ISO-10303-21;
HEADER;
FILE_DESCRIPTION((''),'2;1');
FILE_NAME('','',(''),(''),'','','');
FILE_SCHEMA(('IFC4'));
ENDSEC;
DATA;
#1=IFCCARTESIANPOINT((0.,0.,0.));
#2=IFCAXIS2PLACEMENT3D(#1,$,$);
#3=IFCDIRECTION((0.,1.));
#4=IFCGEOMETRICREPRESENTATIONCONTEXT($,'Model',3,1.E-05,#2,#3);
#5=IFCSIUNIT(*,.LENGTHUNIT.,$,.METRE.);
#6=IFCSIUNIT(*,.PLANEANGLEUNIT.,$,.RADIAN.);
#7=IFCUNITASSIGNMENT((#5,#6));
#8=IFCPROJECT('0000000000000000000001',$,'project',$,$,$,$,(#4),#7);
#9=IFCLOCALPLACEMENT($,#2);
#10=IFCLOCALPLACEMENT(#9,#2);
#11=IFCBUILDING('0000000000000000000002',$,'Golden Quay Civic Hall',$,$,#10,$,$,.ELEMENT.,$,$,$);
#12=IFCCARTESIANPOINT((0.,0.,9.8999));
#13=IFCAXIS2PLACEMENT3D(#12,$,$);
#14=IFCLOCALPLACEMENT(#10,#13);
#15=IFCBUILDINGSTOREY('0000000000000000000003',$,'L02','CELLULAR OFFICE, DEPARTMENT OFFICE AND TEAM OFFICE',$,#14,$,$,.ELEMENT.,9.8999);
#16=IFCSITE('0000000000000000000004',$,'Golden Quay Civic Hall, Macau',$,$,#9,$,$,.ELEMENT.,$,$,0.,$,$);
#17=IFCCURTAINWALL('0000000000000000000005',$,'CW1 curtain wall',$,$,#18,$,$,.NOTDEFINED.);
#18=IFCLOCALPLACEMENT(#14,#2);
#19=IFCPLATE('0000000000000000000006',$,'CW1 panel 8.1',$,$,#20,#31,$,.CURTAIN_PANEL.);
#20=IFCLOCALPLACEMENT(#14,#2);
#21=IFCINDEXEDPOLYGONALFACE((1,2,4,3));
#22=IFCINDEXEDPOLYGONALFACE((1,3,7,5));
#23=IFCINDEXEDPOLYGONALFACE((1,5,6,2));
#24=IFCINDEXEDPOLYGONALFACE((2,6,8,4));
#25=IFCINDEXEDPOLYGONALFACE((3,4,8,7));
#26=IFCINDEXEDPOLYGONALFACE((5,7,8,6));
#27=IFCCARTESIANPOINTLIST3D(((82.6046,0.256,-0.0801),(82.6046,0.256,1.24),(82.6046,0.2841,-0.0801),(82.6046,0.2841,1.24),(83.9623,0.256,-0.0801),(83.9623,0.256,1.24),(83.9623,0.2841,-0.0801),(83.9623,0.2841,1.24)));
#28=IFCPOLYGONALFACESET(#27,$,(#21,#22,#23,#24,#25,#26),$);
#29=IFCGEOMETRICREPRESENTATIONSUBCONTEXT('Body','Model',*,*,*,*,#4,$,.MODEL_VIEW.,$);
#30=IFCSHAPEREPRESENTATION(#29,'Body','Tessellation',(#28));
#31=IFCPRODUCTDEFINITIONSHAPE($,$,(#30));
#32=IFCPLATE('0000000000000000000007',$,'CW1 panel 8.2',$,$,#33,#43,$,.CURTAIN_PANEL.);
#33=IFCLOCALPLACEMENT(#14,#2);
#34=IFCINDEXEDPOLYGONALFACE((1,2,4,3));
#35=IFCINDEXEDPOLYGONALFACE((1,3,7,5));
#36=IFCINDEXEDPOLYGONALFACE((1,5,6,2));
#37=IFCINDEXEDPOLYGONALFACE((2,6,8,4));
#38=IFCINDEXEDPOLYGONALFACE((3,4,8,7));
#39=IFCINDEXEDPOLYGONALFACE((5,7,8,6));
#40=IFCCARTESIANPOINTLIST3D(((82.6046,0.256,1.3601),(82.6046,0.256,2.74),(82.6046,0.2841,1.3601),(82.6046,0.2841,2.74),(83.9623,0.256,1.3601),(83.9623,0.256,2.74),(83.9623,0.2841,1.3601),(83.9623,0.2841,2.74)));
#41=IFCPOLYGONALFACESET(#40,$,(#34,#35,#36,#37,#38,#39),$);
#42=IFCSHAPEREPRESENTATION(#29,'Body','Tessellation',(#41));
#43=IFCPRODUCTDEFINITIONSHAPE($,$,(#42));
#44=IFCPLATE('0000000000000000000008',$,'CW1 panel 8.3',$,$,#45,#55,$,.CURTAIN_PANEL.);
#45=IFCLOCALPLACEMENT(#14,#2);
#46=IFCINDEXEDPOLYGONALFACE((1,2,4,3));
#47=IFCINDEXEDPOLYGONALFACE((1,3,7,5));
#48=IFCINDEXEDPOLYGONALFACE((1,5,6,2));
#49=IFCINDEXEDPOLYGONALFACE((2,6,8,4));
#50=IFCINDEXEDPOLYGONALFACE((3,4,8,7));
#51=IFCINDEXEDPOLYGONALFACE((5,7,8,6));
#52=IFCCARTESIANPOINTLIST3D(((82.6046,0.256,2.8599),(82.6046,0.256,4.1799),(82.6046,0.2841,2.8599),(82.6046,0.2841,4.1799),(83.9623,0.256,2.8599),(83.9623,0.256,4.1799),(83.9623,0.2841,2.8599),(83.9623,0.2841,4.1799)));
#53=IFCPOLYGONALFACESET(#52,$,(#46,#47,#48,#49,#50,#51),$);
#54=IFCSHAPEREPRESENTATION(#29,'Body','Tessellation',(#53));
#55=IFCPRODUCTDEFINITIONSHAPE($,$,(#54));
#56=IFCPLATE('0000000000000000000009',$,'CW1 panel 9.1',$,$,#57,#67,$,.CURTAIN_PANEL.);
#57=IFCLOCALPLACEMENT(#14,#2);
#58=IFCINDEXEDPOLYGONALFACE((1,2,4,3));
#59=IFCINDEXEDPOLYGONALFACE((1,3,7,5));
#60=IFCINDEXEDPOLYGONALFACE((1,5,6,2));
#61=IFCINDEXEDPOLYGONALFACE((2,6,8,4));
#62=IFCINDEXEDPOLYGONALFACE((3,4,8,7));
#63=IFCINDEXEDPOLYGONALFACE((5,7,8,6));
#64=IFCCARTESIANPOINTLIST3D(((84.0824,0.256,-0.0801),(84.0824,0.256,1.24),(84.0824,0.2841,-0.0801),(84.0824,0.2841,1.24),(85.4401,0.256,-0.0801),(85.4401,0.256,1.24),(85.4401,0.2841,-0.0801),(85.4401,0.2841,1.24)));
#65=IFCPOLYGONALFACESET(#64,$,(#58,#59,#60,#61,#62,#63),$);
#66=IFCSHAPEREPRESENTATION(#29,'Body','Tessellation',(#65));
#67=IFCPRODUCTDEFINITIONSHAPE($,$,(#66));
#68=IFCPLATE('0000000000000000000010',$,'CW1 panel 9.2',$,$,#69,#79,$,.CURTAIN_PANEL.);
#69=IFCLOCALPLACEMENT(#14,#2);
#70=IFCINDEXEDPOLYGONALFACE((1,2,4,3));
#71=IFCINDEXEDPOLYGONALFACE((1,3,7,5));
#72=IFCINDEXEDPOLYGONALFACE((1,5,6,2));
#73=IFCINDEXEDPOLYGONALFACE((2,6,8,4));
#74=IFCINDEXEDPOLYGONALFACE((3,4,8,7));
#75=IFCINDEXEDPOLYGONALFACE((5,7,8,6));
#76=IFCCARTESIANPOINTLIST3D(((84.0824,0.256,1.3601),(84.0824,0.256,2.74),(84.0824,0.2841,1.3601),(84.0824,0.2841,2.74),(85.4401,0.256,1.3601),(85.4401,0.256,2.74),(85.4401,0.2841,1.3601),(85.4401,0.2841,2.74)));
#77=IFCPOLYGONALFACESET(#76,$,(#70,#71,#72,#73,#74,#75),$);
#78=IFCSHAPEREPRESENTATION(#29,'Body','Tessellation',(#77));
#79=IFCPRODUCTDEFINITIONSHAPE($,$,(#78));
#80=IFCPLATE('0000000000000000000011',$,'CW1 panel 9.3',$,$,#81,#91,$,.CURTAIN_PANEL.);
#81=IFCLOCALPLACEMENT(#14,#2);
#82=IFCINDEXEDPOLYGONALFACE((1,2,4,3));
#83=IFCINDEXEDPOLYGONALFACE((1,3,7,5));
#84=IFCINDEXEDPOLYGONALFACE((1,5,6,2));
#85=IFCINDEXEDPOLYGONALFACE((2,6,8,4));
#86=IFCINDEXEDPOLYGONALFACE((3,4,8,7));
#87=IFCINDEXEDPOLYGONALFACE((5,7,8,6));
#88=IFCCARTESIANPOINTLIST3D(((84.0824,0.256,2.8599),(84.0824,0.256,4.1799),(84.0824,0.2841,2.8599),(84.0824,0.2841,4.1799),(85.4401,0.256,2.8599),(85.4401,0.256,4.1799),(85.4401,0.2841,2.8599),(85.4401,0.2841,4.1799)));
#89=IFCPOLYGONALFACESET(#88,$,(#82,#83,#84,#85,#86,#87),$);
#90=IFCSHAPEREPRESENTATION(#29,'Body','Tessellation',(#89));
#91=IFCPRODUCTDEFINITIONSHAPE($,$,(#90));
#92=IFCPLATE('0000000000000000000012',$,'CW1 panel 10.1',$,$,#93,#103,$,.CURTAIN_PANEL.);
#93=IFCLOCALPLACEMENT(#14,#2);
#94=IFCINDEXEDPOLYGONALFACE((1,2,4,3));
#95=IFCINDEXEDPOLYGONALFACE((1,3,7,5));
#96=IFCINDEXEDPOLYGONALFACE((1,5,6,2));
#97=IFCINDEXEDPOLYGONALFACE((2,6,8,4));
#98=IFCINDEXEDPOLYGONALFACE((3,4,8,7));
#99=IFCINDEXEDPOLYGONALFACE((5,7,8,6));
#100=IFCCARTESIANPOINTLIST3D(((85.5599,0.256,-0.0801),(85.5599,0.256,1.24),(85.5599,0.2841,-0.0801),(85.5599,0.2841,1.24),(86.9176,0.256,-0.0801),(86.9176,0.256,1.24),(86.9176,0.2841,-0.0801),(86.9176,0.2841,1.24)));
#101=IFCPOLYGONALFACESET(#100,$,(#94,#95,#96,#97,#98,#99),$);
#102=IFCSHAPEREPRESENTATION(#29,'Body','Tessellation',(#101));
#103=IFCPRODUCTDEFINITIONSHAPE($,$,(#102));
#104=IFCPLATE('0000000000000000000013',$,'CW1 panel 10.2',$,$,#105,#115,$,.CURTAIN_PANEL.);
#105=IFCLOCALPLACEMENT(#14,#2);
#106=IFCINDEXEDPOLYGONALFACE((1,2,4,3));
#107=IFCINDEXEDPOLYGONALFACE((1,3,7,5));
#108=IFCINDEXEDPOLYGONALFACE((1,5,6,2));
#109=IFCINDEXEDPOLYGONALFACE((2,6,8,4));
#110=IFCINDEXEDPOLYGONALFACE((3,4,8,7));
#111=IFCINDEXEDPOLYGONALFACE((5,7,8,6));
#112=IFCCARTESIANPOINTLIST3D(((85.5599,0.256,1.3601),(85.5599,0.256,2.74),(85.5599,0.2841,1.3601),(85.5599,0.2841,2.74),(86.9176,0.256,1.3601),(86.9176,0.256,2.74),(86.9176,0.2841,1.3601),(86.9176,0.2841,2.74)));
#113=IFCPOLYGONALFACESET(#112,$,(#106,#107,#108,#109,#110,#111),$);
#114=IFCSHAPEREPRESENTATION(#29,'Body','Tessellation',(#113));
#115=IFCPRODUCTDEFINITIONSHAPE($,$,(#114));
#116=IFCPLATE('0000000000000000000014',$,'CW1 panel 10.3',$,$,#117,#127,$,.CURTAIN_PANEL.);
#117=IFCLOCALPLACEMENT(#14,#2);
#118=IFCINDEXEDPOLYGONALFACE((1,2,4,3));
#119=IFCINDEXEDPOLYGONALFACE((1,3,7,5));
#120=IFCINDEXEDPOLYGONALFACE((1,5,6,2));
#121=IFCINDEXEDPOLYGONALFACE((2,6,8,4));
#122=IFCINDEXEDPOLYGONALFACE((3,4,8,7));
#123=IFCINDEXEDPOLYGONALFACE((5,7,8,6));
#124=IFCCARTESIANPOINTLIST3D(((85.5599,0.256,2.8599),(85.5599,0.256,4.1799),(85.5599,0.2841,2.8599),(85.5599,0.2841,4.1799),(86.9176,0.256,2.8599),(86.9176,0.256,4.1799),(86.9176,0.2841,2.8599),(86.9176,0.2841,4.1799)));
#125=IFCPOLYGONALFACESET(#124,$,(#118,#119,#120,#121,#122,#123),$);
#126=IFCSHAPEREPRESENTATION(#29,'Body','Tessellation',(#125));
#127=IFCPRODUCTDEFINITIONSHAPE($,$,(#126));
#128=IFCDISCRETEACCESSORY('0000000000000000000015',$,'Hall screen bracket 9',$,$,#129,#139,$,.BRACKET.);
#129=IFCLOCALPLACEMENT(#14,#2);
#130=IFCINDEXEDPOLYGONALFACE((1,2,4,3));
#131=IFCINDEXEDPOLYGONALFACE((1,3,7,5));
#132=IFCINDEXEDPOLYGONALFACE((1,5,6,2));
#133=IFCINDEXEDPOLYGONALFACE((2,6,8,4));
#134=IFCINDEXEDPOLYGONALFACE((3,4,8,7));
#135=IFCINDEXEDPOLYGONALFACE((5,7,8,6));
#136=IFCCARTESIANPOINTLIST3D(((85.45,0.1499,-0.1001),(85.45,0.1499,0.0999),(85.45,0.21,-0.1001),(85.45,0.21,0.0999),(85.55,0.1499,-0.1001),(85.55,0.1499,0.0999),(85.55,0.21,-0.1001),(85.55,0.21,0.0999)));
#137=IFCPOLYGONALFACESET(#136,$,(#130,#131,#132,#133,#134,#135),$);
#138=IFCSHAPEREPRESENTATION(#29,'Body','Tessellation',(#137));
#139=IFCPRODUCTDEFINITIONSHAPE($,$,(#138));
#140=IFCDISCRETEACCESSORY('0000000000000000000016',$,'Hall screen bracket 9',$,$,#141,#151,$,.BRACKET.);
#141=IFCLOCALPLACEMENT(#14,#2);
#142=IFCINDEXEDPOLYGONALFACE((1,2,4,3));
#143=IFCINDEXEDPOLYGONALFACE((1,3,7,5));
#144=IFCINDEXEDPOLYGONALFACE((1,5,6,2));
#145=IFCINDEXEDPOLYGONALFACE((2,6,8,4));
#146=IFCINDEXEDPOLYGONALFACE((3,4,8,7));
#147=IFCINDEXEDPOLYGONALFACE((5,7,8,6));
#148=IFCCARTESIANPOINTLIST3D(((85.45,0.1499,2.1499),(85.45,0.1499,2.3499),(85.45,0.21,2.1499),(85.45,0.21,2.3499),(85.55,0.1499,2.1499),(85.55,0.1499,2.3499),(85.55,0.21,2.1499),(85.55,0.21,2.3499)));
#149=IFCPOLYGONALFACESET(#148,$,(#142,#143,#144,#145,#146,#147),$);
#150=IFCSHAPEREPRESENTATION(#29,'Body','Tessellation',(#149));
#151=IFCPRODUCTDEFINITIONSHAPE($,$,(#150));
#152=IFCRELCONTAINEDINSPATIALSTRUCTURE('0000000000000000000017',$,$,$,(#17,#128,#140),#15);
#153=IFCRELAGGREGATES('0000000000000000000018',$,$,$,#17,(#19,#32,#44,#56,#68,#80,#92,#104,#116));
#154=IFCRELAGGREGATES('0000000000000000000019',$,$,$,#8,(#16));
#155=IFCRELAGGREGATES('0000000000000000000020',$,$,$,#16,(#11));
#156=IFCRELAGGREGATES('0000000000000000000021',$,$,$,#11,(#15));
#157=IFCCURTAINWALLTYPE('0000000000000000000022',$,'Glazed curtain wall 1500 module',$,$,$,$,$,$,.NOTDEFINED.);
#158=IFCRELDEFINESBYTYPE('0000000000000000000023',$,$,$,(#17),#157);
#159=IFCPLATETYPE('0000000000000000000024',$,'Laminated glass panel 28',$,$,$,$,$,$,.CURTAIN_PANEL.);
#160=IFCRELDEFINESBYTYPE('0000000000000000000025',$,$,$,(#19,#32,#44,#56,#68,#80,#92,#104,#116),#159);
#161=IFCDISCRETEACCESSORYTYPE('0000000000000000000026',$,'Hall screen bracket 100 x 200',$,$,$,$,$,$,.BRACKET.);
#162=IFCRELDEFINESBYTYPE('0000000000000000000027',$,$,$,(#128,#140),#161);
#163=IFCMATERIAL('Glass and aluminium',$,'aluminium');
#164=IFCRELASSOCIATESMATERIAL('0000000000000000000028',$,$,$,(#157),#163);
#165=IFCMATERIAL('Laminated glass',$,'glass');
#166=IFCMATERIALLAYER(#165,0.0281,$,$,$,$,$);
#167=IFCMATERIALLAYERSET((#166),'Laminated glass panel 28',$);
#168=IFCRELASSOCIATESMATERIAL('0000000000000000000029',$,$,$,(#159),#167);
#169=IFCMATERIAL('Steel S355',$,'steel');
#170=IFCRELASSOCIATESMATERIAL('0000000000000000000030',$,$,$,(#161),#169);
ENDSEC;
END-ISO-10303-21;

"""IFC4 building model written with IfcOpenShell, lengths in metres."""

from ifc_helpers import new_model, si_unit, direction, frame, origin, origin_2d, place, context, subcontext, project, spatial, rectangle, extrude, material, layer, layer_set, type_object, element, aggregate, save


model = new_model("IFC4")

# Units and contexts
model_context = context("Model", 3, precision=1e-05, world=origin(), true_north=direction((0.0, 1.0)))
body_context = subcontext(model_context, "Body", "Model", "MODEL_VIEW")
ifc_project = project(units=[si_unit("LENGTHUNIT", "METRE"), si_unit("PLANEANGLEUNIT", "RADIAN")], contexts=[model_context])

# Site, building, storey
site_placement = place(None, origin())
site = spatial("IfcSite", under=ifc_project, at=site_placement, Name="Golden Quay Civic Hall, Macau", CompositionType="ELEMENT", RefElevation=0.0)
building_placement = place(site_placement, origin())
building = spatial("IfcBuilding", under=site, at=building_placement, Name="Golden Quay Civic Hall", CompositionType="ELEMENT")
storey_placement = place(building_placement, frame((0.0, 0.0, 9.8999)))
storey = spatial("IfcBuildingStorey", under=building, at=storey_placement, Name="L02", Description="CELLULAR OFFICE, DEPARTMENT OFFICE AND TEAM OFFICE", CompositionType="ELEMENT", Elevation=9.8999)

# Curtain wall, plates
ifc_material_1 = material(Name="Glass and aluminium", Category="aluminium")
curtain_wall_type = type_object("IfcCurtainWallType", Name="Glazed curtain wall 1500 module", PredefinedType="NOTDEFINED", material=ifc_material_1)
curtain_wall_placement = place(storey_placement, origin())
curtain_wall = element("IfcCurtainWall", 1, at=curtain_wall_placement, inside=storey, type_object=curtain_wall_type, Name="CW1 curtain wall", PredefinedType="NOTDEFINED")
ifc_material_2 = material(Name="Laminated glass", Category="glass")
ifc_layer_1 = layer(ifc_material_2, 0.0281)
ifc_layer_set_1 = layer_set([ifc_layer_1], Name="Laminated glass panel 28")
plate_type_1 = type_object("IfcPlateType", Name="Laminated glass panel 28", PredefinedType="CURTAIN_PANEL", material=ifc_layer_set_1)
plate_1_placement = place(storey_placement, frame((83.2834, 0.27, -0.0801), z_axis=(0.0, 0.0, 1.0), x_axis=(1.0, 0.0, 0.0)))
plate_1 = element("IfcPlate", 2, at=plate_1_placement, type_object=plate_type_1, Name="CW1 panel 8.1", PredefinedType="CURTAIN_PANEL", context=body_context, shape_type="SweptSolid", body=[
    extrude(rectangle(XDim=1.3577, YDim=0.0281, at=origin_2d()), origin(), (0.0, 0.0, 1.0), 1.3201),
])
plate_2_placement = place(storey_placement, frame((83.2834, 0.27, 1.3601), z_axis=(0.0, 0.0, 1.0), x_axis=(1.0, 0.0, 0.0)))
plate_2 = element("IfcPlate", 3, at=plate_2_placement, type_object=plate_type_1, Name="CW1 panel 8.2", PredefinedType="CURTAIN_PANEL", context=body_context, shape_type="SweptSolid", body=[
    extrude(rectangle(XDim=1.3577, YDim=0.0281, at=origin_2d()), origin(), (0.0, 0.0, 1.0), 1.3799),
])
plate_3_placement = place(storey_placement, frame((83.2834, 0.27, 2.8599), z_axis=(0.0, 0.0, 1.0), x_axis=(1.0, 0.0, 0.0)))
plate_3 = element("IfcPlate", 4, at=plate_3_placement, type_object=plate_type_1, Name="CW1 panel 8.3", PredefinedType="CURTAIN_PANEL", context=body_context, shape_type="SweptSolid", body=[
    extrude(rectangle(XDim=1.3577, YDim=0.0281, at=origin_2d()), origin(), (0.0, 0.0, 1.0), 1.3201),
])
plate_4_placement = place(storey_placement, frame((84.7612, 0.27, -0.0801), z_axis=(0.0, 0.0, 1.0), x_axis=(1.0, 0.0, 0.0)))
plate_4 = element("IfcPlate", 5, at=plate_4_placement, type_object=plate_type_1, Name="CW1 panel 9.1", PredefinedType="CURTAIN_PANEL", context=body_context, shape_type="SweptSolid", body=[
    extrude(rectangle(XDim=1.3577, YDim=0.0281, at=origin_2d()), origin(), (0.0, 0.0, 1.0), 1.3201),
])
plate_5_placement = place(storey_placement, frame((84.7612, 0.27, 1.3601), z_axis=(0.0, 0.0, 1.0), x_axis=(1.0, 0.0, 0.0)))
plate_5 = element("IfcPlate", 6, at=plate_5_placement, type_object=plate_type_1, Name="CW1 panel 9.2", PredefinedType="CURTAIN_PANEL", context=body_context, shape_type="SweptSolid", body=[
    extrude(rectangle(XDim=1.3577, YDim=0.0281, at=origin_2d()), origin(), (0.0, 0.0, 1.0), 1.3799),
])
plate_6_placement = place(storey_placement, frame((84.7612, 0.27, 2.8599), z_axis=(0.0, 0.0, 1.0), x_axis=(1.0, 0.0, 0.0)))
plate_6 = element("IfcPlate", 7, at=plate_6_placement, type_object=plate_type_1, Name="CW1 panel 9.3", PredefinedType="CURTAIN_PANEL", context=body_context, shape_type="SweptSolid", body=[
    extrude(rectangle(XDim=1.3577, YDim=0.0281, at=origin_2d()), origin(), (0.0, 0.0, 1.0), 1.3201),
])
plate_7_placement = place(storey_placement, frame((86.2388, 0.27, -0.0801), z_axis=(0.0, 0.0, 1.0), x_axis=(1.0, 0.0, 0.0)))
plate_7 = element("IfcPlate", 8, at=plate_7_placement, type_object=plate_type_1, Name="CW1 panel 10.1", PredefinedType="CURTAIN_PANEL", context=body_context, shape_type="SweptSolid", body=[
    extrude(rectangle(XDim=1.3577, YDim=0.0281, at=origin_2d()), origin(), (0.0, 0.0, 1.0), 1.3201),
])
plate_8_placement = place(storey_placement, frame((86.2388, 0.27, 1.3601), z_axis=(0.0, 0.0, 1.0), x_axis=(1.0, 0.0, 0.0)))
plate_8 = element("IfcPlate", 9, at=plate_8_placement, type_object=plate_type_1, Name="CW1 panel 10.2", PredefinedType="CURTAIN_PANEL", context=body_context, shape_type="SweptSolid", body=[
    extrude(rectangle(XDim=1.3577, YDim=0.0281, at=origin_2d()), origin(), (0.0, 0.0, 1.0), 1.3799),
])
plate_9_placement = place(storey_placement, frame((86.2388, 0.27, 2.8599), z_axis=(0.0, 0.0, 1.0), x_axis=(1.0, 0.0, 0.0)))
plate_9 = element("IfcPlate", 10, at=plate_9_placement, type_object=plate_type_1, Name="CW1 panel 10.3", PredefinedType="CURTAIN_PANEL", context=body_context, shape_type="SweptSolid", body=[
    extrude(rectangle(XDim=1.3577, YDim=0.0281, at=origin_2d()), origin(), (0.0, 0.0, 1.0), 1.3201),
])
aggregate(curtain_wall, [plate_1, plate_2, plate_3, plate_4, plate_5, plate_6, plate_7, plate_8, plate_9])

# Discrete accessories
ifc_material_3 = material(Name="Steel S355", Category="steel")
discrete_accessory_type = type_object("IfcDiscreteAccessoryType", Name="Hall screen bracket 100 x 200", PredefinedType="BRACKET", material=ifc_material_3)
for number, where, z_axis, x_axis, name in (
    (11, (85.5, 0.1799, -0.1001), (0.0, 0.0, 1.0), (1.0, 0.0, 0.0), "Hall screen bracket 9"),
    (12, (85.5, 0.1799, 2.1499), (0.0, 0.0, 1.0), (1.0, 0.0, 0.0), "Hall screen bracket 9"),
):
    element("IfcDiscreteAccessory", number, at=place(storey_placement, frame(where, z_axis=z_axis, x_axis=x_axis)), inside=storey, type_object=discrete_accessory_type, Name=name, PredefinedType="BRACKET", context=body_context, shape_type="SweptSolid", body=[
        extrude(rectangle(XDim=0.1001, YDim=0.0601, at=origin_2d()), origin(), (0.0, 0.0, 1.0), 0.2),
    ])

save(model, "model.ifc")
